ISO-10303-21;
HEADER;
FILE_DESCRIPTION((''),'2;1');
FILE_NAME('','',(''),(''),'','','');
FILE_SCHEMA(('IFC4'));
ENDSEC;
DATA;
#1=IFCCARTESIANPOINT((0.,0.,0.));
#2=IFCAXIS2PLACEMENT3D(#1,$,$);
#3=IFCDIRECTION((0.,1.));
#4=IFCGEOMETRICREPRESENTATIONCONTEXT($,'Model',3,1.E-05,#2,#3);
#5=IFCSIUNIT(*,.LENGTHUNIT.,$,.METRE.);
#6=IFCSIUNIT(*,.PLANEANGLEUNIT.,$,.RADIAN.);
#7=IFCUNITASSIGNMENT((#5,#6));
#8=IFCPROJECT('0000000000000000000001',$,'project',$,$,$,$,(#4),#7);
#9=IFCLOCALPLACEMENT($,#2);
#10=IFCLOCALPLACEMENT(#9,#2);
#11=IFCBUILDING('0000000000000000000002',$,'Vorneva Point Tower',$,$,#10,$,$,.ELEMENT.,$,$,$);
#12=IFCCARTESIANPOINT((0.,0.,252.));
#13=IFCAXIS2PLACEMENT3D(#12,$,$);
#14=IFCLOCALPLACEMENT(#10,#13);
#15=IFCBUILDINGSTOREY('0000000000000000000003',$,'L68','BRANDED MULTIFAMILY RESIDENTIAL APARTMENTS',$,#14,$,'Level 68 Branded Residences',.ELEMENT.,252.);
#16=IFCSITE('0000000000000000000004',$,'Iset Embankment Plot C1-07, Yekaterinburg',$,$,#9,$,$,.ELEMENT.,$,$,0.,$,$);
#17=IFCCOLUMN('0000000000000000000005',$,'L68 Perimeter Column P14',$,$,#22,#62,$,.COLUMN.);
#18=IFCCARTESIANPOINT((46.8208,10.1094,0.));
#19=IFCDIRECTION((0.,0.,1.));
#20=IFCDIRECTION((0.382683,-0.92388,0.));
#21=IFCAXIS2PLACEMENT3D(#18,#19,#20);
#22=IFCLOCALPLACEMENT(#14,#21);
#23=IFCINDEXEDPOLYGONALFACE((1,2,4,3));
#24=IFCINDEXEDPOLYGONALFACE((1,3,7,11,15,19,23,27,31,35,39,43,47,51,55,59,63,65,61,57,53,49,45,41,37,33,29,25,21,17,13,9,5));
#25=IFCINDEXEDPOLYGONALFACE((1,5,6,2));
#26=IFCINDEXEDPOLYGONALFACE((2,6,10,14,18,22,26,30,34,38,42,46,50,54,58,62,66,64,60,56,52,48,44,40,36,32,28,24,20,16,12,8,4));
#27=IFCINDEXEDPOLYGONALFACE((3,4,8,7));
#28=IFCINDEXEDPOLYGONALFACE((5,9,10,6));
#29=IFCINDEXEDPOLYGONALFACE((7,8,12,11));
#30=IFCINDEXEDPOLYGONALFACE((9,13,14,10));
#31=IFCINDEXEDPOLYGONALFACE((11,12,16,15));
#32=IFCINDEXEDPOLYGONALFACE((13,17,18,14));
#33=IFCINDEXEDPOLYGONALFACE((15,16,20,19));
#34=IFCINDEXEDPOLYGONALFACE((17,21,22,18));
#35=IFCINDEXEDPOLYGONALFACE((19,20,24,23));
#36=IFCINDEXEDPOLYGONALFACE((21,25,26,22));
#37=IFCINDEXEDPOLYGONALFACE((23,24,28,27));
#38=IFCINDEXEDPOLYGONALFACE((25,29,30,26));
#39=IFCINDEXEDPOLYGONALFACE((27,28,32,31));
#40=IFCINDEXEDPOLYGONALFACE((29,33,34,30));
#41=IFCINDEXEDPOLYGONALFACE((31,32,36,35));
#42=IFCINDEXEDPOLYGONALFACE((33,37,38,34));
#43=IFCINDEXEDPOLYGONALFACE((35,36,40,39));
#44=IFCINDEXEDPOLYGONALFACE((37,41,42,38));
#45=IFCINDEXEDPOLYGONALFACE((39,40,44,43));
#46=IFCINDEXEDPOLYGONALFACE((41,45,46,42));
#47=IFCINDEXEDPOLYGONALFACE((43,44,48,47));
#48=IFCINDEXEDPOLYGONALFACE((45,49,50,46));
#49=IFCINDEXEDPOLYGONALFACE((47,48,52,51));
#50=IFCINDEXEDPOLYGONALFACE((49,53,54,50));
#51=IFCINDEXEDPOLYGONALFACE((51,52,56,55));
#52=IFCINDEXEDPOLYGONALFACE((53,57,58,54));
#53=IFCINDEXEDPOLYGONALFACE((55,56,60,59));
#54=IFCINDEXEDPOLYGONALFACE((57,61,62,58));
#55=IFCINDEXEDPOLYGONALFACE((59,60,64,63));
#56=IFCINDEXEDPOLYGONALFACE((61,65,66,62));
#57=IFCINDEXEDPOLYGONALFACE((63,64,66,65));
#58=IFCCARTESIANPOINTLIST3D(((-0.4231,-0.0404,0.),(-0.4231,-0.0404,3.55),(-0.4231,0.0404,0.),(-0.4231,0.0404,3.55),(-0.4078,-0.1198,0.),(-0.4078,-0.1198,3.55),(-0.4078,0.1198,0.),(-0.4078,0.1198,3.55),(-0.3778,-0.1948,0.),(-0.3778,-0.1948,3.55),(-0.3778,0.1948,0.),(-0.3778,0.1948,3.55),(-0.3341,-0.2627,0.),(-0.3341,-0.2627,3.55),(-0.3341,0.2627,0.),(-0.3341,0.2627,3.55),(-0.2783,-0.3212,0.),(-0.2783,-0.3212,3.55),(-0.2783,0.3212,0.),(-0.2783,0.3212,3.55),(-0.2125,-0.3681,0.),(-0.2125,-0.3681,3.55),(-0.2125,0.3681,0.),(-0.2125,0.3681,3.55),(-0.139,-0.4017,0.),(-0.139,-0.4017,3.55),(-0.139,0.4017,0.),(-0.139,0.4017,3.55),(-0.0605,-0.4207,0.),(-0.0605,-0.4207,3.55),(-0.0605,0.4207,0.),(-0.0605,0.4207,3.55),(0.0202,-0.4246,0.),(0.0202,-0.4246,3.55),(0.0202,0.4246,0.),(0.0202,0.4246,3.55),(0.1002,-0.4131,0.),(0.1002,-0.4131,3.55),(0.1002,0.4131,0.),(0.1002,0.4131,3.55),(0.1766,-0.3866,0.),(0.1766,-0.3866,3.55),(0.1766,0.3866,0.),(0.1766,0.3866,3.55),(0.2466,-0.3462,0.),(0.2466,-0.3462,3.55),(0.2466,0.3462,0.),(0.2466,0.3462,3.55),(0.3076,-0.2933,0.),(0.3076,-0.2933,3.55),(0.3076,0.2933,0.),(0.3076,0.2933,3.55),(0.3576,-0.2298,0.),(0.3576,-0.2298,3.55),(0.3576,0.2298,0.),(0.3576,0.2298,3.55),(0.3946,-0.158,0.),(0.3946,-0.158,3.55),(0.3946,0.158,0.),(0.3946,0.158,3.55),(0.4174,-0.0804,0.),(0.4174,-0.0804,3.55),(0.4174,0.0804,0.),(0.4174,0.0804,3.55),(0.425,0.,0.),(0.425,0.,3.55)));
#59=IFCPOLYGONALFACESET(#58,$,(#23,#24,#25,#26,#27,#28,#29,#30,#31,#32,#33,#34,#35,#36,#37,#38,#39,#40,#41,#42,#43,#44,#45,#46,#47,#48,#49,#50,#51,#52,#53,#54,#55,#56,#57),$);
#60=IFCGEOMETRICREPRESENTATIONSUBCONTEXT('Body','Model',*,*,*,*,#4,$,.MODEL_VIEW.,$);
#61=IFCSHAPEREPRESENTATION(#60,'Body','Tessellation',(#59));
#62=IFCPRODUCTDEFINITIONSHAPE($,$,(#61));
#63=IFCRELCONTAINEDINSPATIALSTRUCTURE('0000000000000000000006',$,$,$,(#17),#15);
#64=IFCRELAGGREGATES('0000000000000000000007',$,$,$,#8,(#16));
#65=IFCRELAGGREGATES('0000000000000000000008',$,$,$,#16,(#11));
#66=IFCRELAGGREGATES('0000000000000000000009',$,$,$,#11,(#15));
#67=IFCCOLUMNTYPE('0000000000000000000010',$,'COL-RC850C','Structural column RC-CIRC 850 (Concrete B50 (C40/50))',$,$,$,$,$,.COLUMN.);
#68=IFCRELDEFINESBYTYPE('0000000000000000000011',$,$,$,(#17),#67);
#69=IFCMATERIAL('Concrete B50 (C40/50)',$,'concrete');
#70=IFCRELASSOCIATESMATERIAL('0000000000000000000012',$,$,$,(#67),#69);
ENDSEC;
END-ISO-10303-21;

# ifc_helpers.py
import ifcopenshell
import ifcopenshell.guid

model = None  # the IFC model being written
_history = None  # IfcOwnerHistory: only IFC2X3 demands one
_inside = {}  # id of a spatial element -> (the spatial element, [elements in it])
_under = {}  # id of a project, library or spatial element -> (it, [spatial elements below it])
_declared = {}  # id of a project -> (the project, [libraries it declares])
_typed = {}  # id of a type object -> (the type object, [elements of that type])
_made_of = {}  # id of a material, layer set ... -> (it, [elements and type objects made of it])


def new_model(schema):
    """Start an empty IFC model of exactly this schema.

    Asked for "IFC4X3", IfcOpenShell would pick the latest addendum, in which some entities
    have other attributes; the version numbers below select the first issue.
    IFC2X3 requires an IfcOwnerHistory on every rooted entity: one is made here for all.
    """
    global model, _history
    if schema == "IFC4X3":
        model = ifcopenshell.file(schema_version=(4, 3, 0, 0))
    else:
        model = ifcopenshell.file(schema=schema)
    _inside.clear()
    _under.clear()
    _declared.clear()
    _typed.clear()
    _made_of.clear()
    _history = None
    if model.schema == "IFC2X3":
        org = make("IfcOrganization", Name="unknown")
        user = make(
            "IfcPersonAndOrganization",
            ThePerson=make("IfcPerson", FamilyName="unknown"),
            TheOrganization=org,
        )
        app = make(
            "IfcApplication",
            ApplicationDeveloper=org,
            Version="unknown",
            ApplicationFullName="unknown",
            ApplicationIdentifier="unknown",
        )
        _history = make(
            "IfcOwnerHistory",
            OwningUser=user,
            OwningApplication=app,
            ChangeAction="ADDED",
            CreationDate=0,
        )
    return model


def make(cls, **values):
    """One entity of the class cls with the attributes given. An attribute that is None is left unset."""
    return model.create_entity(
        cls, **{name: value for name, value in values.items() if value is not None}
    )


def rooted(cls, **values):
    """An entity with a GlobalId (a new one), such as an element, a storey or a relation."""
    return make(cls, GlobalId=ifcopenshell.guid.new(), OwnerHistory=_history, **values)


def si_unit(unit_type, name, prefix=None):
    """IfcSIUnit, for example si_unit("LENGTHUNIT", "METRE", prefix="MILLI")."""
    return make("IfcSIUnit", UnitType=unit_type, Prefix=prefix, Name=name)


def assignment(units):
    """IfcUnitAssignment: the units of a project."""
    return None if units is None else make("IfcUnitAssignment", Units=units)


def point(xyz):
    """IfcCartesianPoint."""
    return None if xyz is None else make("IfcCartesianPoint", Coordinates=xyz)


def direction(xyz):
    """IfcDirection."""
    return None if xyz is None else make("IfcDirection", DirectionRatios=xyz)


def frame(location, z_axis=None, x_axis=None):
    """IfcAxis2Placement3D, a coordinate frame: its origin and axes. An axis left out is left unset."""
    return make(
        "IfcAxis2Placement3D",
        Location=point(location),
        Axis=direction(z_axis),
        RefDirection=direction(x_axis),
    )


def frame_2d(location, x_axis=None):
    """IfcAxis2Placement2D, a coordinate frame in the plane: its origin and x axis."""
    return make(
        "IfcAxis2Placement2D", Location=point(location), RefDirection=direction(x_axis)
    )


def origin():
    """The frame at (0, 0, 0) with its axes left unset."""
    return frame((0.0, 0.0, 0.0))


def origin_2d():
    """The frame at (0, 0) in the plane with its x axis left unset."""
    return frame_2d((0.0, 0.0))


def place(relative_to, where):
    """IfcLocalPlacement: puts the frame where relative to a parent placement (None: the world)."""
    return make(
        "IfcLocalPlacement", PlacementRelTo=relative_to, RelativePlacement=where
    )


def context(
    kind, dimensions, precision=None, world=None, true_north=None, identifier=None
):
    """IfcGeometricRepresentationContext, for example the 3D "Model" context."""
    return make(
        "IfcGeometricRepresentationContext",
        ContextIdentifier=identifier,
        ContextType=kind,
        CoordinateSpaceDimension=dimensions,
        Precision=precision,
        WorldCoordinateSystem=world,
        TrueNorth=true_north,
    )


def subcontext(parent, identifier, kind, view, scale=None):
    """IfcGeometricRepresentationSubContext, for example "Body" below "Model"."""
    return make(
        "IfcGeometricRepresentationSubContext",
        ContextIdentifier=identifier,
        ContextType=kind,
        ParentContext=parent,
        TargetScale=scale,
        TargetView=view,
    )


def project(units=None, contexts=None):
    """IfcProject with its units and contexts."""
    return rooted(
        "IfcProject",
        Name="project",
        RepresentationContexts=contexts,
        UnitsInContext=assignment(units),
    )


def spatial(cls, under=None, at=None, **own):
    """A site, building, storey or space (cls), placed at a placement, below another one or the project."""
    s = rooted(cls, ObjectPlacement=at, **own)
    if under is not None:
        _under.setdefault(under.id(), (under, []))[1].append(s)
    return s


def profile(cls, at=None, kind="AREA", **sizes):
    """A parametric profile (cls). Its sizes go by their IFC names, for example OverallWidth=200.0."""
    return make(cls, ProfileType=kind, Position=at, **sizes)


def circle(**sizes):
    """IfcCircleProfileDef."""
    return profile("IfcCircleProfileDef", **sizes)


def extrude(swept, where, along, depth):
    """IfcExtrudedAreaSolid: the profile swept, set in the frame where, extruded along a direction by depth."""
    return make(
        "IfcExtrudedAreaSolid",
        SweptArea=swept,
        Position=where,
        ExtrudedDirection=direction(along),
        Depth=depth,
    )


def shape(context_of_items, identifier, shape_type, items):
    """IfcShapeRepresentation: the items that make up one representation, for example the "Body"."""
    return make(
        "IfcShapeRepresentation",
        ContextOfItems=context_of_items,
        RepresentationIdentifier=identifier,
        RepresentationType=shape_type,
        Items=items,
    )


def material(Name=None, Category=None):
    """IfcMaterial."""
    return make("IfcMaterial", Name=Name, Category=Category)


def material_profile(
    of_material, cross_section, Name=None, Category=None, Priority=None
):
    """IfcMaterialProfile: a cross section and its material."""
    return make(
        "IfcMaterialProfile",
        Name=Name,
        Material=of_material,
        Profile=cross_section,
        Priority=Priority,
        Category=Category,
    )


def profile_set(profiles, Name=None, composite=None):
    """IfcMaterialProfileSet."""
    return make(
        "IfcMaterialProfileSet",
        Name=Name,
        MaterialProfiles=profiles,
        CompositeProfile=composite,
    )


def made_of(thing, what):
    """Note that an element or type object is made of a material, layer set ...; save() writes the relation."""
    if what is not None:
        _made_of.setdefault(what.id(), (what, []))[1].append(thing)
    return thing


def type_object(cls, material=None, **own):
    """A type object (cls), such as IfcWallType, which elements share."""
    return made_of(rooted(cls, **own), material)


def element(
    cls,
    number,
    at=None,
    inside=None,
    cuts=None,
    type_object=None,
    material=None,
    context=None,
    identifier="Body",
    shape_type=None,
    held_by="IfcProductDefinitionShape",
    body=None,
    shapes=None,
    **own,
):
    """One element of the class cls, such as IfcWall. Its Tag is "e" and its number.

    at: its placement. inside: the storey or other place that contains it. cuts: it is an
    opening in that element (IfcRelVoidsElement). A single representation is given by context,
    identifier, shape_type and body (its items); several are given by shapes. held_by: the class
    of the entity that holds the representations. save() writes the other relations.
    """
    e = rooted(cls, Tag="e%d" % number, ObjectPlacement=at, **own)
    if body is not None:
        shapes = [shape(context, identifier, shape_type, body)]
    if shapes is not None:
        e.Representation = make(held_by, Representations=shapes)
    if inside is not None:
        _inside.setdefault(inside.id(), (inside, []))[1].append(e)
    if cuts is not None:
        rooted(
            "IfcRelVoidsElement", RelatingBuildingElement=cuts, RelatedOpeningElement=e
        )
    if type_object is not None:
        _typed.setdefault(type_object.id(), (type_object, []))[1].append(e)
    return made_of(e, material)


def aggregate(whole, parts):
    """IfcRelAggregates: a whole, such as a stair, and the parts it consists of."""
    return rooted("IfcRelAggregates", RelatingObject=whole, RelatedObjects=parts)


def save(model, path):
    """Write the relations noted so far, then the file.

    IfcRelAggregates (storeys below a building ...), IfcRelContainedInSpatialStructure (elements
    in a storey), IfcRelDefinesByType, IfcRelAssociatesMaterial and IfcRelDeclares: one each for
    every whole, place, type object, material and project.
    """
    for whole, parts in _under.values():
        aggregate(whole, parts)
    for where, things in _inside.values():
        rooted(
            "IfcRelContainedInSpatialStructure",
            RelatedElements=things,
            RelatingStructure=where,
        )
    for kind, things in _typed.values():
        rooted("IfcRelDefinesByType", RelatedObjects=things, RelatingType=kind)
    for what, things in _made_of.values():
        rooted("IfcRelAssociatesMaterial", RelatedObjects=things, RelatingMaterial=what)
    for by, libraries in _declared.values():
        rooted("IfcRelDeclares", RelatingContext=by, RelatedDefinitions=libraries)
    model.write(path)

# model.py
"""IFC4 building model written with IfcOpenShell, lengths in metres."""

from ifc_helpers import new_model, si_unit, direction, frame, origin, origin_2d, place, context, subcontext, project, spatial, circle, extrude, material, material_profile, profile_set, type_object, element, save


model = new_model("IFC4")

# Units and contexts
model_context = context("Model", 3, precision=1e-05, world=origin(), true_north=direction((0.0, 1.0)))
body_context = subcontext(model_context, "Body", "Model", "MODEL_VIEW")
ifc_project = project(units=[si_unit("LENGTHUNIT", "METRE"), si_unit("PLANEANGLEUNIT", "RADIAN")], contexts=[model_context])

# Site, building, storey
site_placement = place(None, origin())
site = spatial("IfcSite", under=ifc_project, at=site_placement, Name="Iset Embankment Plot C1-07, Yekaterinburg", CompositionType="ELEMENT", RefElevation=0.0)
building_placement = place(site_placement, origin())
building = spatial("IfcBuilding", under=site, at=building_placement, Name="Vorneva Point Tower", CompositionType="ELEMENT")
storey_placement = place(building_placement, frame((0.0, 0.0, 252.0)))
storey = spatial("IfcBuildingStorey", under=building, at=storey_placement, Name="L68", Description="BRANDED MULTIFAMILY RESIDENTIAL APARTMENTS", LongName="Level 68 Branded Residences", CompositionType="ELEMENT", Elevation=252.0)

# Column
ifc_material_1 = material(Name="Concrete B50 (C40/50)", Category="concrete")
ifc_material_profile_1 = material_profile(ifc_material_1, circle(Radius=0.425, at=origin_2d()), Name="RC-CIRC 850")
ifc_profile_set_1 = profile_set([ifc_material_profile_1], Name="Concrete B50 (C40/50)")
column_type = type_object("IfcColumnType", Name="COL-RC850C", Description="Structural column RC-CIRC 850 (Concrete B50 (C40/50))", PredefinedType="COLUMN", material=ifc_profile_set_1)
for number, where, z_axis, x_axis, name in (
    (1, (46.8208, 10.1094, 0.0), (0.0, 0.0, 1.0), (0.382683, -0.92388, 0.0), "L68 Perimeter Column P14"),
):
    element("IfcColumn", number, at=place(storey_placement, frame(where, z_axis=z_axis, x_axis=x_axis)), inside=storey, type_object=column_type, Name=name, PredefinedType="COLUMN", context=body_context, shape_type="SweptSolid", body=[
        extrude(circle(Radius=0.425, at=origin_2d()), origin(), (0.0, 0.0, 1.0), 3.55),
    ])

save(model, "model.ifc")
